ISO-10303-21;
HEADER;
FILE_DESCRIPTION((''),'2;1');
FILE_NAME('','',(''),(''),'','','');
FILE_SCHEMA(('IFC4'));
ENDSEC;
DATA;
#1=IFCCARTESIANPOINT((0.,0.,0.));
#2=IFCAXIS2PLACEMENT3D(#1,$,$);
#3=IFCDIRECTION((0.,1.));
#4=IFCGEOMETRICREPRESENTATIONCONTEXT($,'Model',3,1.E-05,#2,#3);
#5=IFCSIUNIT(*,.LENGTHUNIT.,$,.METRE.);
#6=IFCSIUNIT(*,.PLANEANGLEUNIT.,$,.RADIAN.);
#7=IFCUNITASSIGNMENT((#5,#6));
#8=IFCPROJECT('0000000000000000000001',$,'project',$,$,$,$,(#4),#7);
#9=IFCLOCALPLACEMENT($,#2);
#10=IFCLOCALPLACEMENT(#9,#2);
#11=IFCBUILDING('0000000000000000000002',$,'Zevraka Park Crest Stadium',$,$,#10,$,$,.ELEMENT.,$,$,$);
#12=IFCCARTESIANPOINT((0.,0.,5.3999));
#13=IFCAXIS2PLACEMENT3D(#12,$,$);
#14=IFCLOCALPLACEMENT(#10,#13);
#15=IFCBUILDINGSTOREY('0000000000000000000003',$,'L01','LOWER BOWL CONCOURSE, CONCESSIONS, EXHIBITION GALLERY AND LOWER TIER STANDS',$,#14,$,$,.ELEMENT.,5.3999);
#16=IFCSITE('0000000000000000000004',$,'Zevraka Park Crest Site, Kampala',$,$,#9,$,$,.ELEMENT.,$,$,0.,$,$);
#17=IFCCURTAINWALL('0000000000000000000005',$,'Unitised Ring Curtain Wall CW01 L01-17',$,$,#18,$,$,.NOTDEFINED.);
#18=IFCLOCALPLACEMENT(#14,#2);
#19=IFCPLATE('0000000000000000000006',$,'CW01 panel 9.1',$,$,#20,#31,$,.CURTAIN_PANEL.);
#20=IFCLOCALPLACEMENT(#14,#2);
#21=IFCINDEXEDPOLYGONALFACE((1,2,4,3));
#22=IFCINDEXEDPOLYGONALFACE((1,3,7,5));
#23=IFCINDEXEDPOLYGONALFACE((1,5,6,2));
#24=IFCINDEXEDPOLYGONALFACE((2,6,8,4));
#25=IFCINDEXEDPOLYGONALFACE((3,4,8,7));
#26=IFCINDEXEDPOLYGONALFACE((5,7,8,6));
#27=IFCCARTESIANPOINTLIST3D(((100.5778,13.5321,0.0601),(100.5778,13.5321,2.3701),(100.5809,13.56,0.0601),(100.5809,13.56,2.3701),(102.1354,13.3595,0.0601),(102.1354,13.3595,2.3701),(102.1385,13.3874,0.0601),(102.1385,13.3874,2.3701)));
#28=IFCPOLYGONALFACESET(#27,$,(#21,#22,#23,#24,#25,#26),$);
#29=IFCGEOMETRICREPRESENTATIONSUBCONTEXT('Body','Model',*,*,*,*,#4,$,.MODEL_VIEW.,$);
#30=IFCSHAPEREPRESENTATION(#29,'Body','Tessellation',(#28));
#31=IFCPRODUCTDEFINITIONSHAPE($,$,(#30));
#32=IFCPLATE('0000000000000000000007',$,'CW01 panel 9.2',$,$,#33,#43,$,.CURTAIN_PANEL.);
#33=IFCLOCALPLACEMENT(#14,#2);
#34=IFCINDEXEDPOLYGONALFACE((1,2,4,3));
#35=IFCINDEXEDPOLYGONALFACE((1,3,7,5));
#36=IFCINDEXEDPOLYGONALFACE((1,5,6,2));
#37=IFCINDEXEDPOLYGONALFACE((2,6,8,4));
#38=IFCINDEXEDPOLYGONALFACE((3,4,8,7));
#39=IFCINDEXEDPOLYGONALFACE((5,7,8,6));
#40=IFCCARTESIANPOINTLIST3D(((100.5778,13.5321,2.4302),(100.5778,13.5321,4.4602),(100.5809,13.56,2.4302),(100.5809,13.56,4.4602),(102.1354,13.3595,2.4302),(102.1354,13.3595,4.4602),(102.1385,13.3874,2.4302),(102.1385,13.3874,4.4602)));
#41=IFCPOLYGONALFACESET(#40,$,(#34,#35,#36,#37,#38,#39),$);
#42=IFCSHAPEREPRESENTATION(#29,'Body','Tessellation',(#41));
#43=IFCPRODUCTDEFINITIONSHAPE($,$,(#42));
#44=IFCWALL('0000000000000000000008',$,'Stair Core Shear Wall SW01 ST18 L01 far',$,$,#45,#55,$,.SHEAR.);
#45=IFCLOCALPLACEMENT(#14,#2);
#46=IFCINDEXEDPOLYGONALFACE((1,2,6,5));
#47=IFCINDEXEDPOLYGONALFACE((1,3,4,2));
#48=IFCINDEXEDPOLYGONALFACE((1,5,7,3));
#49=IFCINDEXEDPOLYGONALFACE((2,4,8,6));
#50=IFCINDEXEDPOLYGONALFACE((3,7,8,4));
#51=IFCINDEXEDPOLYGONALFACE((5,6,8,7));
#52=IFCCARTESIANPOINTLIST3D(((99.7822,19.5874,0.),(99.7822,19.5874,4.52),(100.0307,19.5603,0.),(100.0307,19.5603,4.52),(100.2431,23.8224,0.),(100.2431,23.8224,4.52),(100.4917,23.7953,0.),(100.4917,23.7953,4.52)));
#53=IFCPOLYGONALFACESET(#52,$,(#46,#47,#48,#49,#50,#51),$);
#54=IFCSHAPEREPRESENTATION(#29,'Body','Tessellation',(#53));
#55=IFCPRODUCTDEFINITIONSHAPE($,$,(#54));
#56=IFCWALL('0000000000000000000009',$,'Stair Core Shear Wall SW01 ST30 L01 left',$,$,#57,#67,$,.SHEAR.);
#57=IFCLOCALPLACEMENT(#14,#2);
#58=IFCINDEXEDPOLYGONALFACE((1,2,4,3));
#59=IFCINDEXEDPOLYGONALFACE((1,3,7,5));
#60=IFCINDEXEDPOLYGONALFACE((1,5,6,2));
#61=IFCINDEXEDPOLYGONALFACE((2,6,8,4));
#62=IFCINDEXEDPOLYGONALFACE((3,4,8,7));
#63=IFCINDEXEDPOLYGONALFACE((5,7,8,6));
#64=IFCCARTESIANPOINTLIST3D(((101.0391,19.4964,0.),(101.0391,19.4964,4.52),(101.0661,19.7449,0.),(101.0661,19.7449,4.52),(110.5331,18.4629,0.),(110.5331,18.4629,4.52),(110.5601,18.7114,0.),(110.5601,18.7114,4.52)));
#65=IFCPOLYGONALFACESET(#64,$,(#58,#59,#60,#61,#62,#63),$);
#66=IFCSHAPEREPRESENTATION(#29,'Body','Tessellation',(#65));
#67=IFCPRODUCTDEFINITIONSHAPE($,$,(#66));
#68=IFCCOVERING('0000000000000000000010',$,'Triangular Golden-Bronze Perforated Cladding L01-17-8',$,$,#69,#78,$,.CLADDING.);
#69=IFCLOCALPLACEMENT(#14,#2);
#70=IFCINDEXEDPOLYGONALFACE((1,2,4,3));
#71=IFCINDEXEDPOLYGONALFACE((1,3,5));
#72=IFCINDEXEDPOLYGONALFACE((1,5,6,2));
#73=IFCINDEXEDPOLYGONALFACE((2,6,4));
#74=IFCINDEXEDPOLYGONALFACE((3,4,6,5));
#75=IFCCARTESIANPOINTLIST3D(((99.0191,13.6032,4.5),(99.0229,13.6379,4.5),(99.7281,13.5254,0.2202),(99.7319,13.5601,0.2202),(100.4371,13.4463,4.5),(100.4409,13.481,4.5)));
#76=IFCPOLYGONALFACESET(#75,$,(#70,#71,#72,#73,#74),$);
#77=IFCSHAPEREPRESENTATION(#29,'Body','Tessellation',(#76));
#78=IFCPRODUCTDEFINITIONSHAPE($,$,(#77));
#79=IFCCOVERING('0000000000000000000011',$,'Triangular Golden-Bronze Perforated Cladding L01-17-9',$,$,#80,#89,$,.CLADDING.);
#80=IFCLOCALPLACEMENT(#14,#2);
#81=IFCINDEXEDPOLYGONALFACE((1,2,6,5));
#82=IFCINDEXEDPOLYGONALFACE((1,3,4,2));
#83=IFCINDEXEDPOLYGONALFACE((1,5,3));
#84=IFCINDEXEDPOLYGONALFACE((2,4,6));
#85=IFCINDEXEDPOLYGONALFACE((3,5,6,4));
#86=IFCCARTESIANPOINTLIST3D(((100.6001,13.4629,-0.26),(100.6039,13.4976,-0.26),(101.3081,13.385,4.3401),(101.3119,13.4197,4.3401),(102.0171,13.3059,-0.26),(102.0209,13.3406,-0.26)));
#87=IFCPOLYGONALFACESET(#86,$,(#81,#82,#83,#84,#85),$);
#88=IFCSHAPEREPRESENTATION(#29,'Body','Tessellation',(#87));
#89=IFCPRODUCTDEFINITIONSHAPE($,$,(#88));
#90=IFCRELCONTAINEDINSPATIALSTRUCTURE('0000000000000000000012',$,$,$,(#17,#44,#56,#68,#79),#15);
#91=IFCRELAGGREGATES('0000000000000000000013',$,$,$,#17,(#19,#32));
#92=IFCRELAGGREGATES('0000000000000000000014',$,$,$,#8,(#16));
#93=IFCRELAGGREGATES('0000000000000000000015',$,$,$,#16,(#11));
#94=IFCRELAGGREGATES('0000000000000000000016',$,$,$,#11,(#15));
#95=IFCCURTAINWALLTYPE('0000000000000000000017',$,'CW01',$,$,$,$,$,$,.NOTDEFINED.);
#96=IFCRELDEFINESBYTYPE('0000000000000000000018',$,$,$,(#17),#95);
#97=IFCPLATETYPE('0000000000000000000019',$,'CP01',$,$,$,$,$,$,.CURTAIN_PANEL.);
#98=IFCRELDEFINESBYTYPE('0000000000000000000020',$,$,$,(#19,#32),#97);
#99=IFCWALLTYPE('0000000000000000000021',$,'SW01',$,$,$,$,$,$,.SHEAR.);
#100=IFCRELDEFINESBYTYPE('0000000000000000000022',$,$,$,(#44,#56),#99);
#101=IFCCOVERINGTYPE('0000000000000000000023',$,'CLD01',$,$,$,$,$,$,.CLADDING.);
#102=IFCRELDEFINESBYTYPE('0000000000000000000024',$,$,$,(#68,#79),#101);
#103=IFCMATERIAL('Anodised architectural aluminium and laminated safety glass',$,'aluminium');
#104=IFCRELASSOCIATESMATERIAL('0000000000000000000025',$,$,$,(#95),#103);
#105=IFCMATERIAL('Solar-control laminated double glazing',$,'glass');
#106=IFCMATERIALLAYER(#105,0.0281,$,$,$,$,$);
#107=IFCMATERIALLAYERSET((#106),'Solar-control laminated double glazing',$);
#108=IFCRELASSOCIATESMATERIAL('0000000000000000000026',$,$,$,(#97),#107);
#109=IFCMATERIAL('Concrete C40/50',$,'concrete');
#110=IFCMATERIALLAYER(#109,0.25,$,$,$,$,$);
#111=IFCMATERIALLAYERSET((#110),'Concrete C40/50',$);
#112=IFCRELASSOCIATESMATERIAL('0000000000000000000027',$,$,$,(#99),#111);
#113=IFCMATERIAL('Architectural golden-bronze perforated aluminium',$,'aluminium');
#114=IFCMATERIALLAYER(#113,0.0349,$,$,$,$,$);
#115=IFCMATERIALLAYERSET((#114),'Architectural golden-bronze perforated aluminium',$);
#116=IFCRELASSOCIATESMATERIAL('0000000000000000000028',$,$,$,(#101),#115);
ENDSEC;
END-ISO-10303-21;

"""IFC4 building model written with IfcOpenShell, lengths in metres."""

from ifc_helpers import new_model, si_unit, direction, frame, frame_2d, origin, origin_2d, place, context, subcontext, project, spatial, polyline, rectangle, outline, extrude, material, layer, layer_set, type_object, element, aggregate, save


model = new_model("IFC4")

# Units and contexts
model_context = context("Model", 3, precision=1e-05, world=origin(), true_north=direction((0.0, 1.0)))
body_context = subcontext(model_context, "Body", "Model", "MODEL_VIEW")
ifc_project = project(units=[si_unit("LENGTHUNIT", "METRE"), si_unit("PLANEANGLEUNIT", "RADIAN")], contexts=[model_context])

# Site, building, storey
site_placement = place(None, origin())
site = spatial("IfcSite", under=ifc_project, at=site_placement, Name="Zevraka Park Crest Site, Kampala", CompositionType="ELEMENT", RefElevation=0.0)
building_placement = place(site_placement, origin())
building = spatial("IfcBuilding", under=site, at=building_placement, Name="Zevraka Park Crest Stadium", CompositionType="ELEMENT")
storey_placement = place(building_placement, frame((0.0, 0.0, 5.3999)))
storey = spatial("IfcBuildingStorey", under=building, at=storey_placement, Name="L01", Description="LOWER BOWL CONCOURSE, CONCESSIONS, EXHIBITION GALLERY AND LOWER TIER STANDS", CompositionType="ELEMENT", Elevation=5.3999)

# Curtain wall
ifc_material_1 = material(Name="Anodised architectural aluminium and laminated safety glass", Category="aluminium")
curtain_wall_type = type_object("IfcCurtainWallType", Name="CW01", PredefinedType="NOTDEFINED", material=ifc_material_1)
curtain_wall_placement = place(storey_placement, origin())
curtain_wall = element("IfcCurtainWall", 1, at=curtain_wall_placement, inside=storey, type_object=curtain_wall_type, Name="Unitised Ring Curtain Wall CW01 L01-17", PredefinedType="NOTDEFINED")

# Plates
ifc_material_2 = material(Name="Solar-control laminated double glazing", Category="glass")
ifc_layer_1 = layer(ifc_material_2, 0.0281)
ifc_layer_set_1 = layer_set([ifc_layer_1], Name="Solar-control laminated double glazing")
plate_type = type_object("IfcPlateType", Name="CP01", PredefinedType="CURTAIN_PANEL", material=ifc_layer_set_1)
plate_1_placement = place(storey_placement, frame((101.3582, 13.4597, 0.0601), z_axis=(0.0, 0.0, 1.0), x_axis=(0.993917, -0.110135, 0.0)))
plate_1 = element("IfcPlate", 2, at=plate_1_placement, type_object=plate_type, Name="CW01 panel 9.1", PredefinedType="CURTAIN_PANEL", context=body_context, shape_type="SweptSolid", body=[
    extrude(rectangle(XDim=1.5671, YDim=0.0281, at=origin_2d()), origin(), (0.0, 0.0, 1.0), 2.3101),
])
plate_2_placement = place(storey_placement, frame((101.3582, 13.4597, 2.4302), z_axis=(0.0, 0.0, 1.0), x_axis=(0.993917, -0.110135, 0.0)))
plate_2 = element("IfcPlate", 3, at=plate_2_placement, type_object=plate_type, Name="CW01 panel 9.2", PredefinedType="CURTAIN_PANEL", context=body_context, shape_type="SweptSolid", body=[
    extrude(rectangle(XDim=1.5671, YDim=0.0281, at=origin_2d()), origin(), (0.0, 0.0, 1.0), 2.03),
])
aggregate(curtain_wall, [plate_1, plate_2])

# Walls
ifc_material_3 = material(Name="Concrete C40/50", Category="concrete")
ifc_layer_2 = layer(ifc_material_3, 0.25)
ifc_layer_set_2 = layer_set([ifc_layer_2], Name="Concrete C40/50")
wall_type = type_object("IfcWallType", Name="SW01", PredefinedType="SHEAR", material=ifc_layer_set_2)
wall_1_placement = place(storey_placement, frame((99.9065, 19.574, 0.0), z_axis=(0.0, 0.0, 1.0), x_axis=(0.108198, 0.994129, 0.0)))
element("IfcWall", 4, at=wall_1_placement, inside=storey, type_object=wall_type, Name="Stair Core Shear Wall SW01 ST18 L01 far", PredefinedType="SHEAR", context=body_context, shape_type="SweptSolid", body=[
    extrude(rectangle(XDim=4.26, YDim=0.25, at=frame_2d((2.1299, 0.0))), origin(), (0.0, 0.0, 1.0), 4.52),
])
wall_2_placement = place(storey_placement, frame((101.0527, 19.6206, 0.0), z_axis=(0.0, 0.0, 1.0), x_axis=(0.994128, -0.108215, 0.0)))
element("IfcWall", 5, at=wall_2_placement, inside=storey, type_object=wall_type, Name="Stair Core Shear Wall SW01 ST30 L01 left", PredefinedType="SHEAR", context=body_context, shape_type="SweptSolid", body=[
    extrude(rectangle(XDim=9.55, YDim=0.25, at=frame_2d((4.7749, 0.0))), origin(), (0.0, 0.0, 1.0), 4.52),
])

# Coverings
ifc_material_4 = material(Name="Architectural golden-bronze perforated aluminium", Category="aluminium")
ifc_layer_3 = layer(ifc_material_4, 0.0349)
ifc_layer_set_3 = layer_set([ifc_layer_3], Name="Architectural golden-bronze perforated aluminium")
covering_type = type_object("IfcCoveringType", Name="CLD01", PredefinedType="CLADDING", material=ifc_layer_set_3)
covering_1_placement = place(storey_placement, frame((100.4409, 13.481, 4.5), z_axis=(0.110037, 0.993927, 0.000142), x_axis=(-0.993927, 0.110037, 0.0)))
element("IfcCovering", 6, at=covering_1_placement, inside=storey, type_object=covering_type, Name="Triangular Golden-Bronze Perforated Cladding L01-17-8", PredefinedType="CLADDING", context=body_context, shape_type="SweptSolid", body=[
    extrude(outline(polyline([(0.0, 0.0), (1.4266, 0.0), (0.7134, -4.2798), (0.0, 0.0)])), origin(), (0.0, 0.0, -1.0), 0.0349),
])
covering_2_placement = place(storey_placement, frame((100.6001, 13.4629, -0.26), z_axis=(-0.110112, -0.993919, 0.00012), x_axis=(0.993919, -0.110112, 0.0)))
element("IfcCovering", 7, at=covering_2_placement, inside=storey, type_object=covering_type, Name="Triangular Golden-Bronze Perforated Cladding L01-17-9", PredefinedType="CLADDING", context=body_context, shape_type="SweptSolid", body=[
    extrude(outline(polyline([(0.0, 0.0), (1.4257, 0.0), (0.7123, 4.6001), (0.0, 0.0)])), origin(), (0.0, 0.0, -1.0), 0.0349),
])

save(model, "model.ifc")
